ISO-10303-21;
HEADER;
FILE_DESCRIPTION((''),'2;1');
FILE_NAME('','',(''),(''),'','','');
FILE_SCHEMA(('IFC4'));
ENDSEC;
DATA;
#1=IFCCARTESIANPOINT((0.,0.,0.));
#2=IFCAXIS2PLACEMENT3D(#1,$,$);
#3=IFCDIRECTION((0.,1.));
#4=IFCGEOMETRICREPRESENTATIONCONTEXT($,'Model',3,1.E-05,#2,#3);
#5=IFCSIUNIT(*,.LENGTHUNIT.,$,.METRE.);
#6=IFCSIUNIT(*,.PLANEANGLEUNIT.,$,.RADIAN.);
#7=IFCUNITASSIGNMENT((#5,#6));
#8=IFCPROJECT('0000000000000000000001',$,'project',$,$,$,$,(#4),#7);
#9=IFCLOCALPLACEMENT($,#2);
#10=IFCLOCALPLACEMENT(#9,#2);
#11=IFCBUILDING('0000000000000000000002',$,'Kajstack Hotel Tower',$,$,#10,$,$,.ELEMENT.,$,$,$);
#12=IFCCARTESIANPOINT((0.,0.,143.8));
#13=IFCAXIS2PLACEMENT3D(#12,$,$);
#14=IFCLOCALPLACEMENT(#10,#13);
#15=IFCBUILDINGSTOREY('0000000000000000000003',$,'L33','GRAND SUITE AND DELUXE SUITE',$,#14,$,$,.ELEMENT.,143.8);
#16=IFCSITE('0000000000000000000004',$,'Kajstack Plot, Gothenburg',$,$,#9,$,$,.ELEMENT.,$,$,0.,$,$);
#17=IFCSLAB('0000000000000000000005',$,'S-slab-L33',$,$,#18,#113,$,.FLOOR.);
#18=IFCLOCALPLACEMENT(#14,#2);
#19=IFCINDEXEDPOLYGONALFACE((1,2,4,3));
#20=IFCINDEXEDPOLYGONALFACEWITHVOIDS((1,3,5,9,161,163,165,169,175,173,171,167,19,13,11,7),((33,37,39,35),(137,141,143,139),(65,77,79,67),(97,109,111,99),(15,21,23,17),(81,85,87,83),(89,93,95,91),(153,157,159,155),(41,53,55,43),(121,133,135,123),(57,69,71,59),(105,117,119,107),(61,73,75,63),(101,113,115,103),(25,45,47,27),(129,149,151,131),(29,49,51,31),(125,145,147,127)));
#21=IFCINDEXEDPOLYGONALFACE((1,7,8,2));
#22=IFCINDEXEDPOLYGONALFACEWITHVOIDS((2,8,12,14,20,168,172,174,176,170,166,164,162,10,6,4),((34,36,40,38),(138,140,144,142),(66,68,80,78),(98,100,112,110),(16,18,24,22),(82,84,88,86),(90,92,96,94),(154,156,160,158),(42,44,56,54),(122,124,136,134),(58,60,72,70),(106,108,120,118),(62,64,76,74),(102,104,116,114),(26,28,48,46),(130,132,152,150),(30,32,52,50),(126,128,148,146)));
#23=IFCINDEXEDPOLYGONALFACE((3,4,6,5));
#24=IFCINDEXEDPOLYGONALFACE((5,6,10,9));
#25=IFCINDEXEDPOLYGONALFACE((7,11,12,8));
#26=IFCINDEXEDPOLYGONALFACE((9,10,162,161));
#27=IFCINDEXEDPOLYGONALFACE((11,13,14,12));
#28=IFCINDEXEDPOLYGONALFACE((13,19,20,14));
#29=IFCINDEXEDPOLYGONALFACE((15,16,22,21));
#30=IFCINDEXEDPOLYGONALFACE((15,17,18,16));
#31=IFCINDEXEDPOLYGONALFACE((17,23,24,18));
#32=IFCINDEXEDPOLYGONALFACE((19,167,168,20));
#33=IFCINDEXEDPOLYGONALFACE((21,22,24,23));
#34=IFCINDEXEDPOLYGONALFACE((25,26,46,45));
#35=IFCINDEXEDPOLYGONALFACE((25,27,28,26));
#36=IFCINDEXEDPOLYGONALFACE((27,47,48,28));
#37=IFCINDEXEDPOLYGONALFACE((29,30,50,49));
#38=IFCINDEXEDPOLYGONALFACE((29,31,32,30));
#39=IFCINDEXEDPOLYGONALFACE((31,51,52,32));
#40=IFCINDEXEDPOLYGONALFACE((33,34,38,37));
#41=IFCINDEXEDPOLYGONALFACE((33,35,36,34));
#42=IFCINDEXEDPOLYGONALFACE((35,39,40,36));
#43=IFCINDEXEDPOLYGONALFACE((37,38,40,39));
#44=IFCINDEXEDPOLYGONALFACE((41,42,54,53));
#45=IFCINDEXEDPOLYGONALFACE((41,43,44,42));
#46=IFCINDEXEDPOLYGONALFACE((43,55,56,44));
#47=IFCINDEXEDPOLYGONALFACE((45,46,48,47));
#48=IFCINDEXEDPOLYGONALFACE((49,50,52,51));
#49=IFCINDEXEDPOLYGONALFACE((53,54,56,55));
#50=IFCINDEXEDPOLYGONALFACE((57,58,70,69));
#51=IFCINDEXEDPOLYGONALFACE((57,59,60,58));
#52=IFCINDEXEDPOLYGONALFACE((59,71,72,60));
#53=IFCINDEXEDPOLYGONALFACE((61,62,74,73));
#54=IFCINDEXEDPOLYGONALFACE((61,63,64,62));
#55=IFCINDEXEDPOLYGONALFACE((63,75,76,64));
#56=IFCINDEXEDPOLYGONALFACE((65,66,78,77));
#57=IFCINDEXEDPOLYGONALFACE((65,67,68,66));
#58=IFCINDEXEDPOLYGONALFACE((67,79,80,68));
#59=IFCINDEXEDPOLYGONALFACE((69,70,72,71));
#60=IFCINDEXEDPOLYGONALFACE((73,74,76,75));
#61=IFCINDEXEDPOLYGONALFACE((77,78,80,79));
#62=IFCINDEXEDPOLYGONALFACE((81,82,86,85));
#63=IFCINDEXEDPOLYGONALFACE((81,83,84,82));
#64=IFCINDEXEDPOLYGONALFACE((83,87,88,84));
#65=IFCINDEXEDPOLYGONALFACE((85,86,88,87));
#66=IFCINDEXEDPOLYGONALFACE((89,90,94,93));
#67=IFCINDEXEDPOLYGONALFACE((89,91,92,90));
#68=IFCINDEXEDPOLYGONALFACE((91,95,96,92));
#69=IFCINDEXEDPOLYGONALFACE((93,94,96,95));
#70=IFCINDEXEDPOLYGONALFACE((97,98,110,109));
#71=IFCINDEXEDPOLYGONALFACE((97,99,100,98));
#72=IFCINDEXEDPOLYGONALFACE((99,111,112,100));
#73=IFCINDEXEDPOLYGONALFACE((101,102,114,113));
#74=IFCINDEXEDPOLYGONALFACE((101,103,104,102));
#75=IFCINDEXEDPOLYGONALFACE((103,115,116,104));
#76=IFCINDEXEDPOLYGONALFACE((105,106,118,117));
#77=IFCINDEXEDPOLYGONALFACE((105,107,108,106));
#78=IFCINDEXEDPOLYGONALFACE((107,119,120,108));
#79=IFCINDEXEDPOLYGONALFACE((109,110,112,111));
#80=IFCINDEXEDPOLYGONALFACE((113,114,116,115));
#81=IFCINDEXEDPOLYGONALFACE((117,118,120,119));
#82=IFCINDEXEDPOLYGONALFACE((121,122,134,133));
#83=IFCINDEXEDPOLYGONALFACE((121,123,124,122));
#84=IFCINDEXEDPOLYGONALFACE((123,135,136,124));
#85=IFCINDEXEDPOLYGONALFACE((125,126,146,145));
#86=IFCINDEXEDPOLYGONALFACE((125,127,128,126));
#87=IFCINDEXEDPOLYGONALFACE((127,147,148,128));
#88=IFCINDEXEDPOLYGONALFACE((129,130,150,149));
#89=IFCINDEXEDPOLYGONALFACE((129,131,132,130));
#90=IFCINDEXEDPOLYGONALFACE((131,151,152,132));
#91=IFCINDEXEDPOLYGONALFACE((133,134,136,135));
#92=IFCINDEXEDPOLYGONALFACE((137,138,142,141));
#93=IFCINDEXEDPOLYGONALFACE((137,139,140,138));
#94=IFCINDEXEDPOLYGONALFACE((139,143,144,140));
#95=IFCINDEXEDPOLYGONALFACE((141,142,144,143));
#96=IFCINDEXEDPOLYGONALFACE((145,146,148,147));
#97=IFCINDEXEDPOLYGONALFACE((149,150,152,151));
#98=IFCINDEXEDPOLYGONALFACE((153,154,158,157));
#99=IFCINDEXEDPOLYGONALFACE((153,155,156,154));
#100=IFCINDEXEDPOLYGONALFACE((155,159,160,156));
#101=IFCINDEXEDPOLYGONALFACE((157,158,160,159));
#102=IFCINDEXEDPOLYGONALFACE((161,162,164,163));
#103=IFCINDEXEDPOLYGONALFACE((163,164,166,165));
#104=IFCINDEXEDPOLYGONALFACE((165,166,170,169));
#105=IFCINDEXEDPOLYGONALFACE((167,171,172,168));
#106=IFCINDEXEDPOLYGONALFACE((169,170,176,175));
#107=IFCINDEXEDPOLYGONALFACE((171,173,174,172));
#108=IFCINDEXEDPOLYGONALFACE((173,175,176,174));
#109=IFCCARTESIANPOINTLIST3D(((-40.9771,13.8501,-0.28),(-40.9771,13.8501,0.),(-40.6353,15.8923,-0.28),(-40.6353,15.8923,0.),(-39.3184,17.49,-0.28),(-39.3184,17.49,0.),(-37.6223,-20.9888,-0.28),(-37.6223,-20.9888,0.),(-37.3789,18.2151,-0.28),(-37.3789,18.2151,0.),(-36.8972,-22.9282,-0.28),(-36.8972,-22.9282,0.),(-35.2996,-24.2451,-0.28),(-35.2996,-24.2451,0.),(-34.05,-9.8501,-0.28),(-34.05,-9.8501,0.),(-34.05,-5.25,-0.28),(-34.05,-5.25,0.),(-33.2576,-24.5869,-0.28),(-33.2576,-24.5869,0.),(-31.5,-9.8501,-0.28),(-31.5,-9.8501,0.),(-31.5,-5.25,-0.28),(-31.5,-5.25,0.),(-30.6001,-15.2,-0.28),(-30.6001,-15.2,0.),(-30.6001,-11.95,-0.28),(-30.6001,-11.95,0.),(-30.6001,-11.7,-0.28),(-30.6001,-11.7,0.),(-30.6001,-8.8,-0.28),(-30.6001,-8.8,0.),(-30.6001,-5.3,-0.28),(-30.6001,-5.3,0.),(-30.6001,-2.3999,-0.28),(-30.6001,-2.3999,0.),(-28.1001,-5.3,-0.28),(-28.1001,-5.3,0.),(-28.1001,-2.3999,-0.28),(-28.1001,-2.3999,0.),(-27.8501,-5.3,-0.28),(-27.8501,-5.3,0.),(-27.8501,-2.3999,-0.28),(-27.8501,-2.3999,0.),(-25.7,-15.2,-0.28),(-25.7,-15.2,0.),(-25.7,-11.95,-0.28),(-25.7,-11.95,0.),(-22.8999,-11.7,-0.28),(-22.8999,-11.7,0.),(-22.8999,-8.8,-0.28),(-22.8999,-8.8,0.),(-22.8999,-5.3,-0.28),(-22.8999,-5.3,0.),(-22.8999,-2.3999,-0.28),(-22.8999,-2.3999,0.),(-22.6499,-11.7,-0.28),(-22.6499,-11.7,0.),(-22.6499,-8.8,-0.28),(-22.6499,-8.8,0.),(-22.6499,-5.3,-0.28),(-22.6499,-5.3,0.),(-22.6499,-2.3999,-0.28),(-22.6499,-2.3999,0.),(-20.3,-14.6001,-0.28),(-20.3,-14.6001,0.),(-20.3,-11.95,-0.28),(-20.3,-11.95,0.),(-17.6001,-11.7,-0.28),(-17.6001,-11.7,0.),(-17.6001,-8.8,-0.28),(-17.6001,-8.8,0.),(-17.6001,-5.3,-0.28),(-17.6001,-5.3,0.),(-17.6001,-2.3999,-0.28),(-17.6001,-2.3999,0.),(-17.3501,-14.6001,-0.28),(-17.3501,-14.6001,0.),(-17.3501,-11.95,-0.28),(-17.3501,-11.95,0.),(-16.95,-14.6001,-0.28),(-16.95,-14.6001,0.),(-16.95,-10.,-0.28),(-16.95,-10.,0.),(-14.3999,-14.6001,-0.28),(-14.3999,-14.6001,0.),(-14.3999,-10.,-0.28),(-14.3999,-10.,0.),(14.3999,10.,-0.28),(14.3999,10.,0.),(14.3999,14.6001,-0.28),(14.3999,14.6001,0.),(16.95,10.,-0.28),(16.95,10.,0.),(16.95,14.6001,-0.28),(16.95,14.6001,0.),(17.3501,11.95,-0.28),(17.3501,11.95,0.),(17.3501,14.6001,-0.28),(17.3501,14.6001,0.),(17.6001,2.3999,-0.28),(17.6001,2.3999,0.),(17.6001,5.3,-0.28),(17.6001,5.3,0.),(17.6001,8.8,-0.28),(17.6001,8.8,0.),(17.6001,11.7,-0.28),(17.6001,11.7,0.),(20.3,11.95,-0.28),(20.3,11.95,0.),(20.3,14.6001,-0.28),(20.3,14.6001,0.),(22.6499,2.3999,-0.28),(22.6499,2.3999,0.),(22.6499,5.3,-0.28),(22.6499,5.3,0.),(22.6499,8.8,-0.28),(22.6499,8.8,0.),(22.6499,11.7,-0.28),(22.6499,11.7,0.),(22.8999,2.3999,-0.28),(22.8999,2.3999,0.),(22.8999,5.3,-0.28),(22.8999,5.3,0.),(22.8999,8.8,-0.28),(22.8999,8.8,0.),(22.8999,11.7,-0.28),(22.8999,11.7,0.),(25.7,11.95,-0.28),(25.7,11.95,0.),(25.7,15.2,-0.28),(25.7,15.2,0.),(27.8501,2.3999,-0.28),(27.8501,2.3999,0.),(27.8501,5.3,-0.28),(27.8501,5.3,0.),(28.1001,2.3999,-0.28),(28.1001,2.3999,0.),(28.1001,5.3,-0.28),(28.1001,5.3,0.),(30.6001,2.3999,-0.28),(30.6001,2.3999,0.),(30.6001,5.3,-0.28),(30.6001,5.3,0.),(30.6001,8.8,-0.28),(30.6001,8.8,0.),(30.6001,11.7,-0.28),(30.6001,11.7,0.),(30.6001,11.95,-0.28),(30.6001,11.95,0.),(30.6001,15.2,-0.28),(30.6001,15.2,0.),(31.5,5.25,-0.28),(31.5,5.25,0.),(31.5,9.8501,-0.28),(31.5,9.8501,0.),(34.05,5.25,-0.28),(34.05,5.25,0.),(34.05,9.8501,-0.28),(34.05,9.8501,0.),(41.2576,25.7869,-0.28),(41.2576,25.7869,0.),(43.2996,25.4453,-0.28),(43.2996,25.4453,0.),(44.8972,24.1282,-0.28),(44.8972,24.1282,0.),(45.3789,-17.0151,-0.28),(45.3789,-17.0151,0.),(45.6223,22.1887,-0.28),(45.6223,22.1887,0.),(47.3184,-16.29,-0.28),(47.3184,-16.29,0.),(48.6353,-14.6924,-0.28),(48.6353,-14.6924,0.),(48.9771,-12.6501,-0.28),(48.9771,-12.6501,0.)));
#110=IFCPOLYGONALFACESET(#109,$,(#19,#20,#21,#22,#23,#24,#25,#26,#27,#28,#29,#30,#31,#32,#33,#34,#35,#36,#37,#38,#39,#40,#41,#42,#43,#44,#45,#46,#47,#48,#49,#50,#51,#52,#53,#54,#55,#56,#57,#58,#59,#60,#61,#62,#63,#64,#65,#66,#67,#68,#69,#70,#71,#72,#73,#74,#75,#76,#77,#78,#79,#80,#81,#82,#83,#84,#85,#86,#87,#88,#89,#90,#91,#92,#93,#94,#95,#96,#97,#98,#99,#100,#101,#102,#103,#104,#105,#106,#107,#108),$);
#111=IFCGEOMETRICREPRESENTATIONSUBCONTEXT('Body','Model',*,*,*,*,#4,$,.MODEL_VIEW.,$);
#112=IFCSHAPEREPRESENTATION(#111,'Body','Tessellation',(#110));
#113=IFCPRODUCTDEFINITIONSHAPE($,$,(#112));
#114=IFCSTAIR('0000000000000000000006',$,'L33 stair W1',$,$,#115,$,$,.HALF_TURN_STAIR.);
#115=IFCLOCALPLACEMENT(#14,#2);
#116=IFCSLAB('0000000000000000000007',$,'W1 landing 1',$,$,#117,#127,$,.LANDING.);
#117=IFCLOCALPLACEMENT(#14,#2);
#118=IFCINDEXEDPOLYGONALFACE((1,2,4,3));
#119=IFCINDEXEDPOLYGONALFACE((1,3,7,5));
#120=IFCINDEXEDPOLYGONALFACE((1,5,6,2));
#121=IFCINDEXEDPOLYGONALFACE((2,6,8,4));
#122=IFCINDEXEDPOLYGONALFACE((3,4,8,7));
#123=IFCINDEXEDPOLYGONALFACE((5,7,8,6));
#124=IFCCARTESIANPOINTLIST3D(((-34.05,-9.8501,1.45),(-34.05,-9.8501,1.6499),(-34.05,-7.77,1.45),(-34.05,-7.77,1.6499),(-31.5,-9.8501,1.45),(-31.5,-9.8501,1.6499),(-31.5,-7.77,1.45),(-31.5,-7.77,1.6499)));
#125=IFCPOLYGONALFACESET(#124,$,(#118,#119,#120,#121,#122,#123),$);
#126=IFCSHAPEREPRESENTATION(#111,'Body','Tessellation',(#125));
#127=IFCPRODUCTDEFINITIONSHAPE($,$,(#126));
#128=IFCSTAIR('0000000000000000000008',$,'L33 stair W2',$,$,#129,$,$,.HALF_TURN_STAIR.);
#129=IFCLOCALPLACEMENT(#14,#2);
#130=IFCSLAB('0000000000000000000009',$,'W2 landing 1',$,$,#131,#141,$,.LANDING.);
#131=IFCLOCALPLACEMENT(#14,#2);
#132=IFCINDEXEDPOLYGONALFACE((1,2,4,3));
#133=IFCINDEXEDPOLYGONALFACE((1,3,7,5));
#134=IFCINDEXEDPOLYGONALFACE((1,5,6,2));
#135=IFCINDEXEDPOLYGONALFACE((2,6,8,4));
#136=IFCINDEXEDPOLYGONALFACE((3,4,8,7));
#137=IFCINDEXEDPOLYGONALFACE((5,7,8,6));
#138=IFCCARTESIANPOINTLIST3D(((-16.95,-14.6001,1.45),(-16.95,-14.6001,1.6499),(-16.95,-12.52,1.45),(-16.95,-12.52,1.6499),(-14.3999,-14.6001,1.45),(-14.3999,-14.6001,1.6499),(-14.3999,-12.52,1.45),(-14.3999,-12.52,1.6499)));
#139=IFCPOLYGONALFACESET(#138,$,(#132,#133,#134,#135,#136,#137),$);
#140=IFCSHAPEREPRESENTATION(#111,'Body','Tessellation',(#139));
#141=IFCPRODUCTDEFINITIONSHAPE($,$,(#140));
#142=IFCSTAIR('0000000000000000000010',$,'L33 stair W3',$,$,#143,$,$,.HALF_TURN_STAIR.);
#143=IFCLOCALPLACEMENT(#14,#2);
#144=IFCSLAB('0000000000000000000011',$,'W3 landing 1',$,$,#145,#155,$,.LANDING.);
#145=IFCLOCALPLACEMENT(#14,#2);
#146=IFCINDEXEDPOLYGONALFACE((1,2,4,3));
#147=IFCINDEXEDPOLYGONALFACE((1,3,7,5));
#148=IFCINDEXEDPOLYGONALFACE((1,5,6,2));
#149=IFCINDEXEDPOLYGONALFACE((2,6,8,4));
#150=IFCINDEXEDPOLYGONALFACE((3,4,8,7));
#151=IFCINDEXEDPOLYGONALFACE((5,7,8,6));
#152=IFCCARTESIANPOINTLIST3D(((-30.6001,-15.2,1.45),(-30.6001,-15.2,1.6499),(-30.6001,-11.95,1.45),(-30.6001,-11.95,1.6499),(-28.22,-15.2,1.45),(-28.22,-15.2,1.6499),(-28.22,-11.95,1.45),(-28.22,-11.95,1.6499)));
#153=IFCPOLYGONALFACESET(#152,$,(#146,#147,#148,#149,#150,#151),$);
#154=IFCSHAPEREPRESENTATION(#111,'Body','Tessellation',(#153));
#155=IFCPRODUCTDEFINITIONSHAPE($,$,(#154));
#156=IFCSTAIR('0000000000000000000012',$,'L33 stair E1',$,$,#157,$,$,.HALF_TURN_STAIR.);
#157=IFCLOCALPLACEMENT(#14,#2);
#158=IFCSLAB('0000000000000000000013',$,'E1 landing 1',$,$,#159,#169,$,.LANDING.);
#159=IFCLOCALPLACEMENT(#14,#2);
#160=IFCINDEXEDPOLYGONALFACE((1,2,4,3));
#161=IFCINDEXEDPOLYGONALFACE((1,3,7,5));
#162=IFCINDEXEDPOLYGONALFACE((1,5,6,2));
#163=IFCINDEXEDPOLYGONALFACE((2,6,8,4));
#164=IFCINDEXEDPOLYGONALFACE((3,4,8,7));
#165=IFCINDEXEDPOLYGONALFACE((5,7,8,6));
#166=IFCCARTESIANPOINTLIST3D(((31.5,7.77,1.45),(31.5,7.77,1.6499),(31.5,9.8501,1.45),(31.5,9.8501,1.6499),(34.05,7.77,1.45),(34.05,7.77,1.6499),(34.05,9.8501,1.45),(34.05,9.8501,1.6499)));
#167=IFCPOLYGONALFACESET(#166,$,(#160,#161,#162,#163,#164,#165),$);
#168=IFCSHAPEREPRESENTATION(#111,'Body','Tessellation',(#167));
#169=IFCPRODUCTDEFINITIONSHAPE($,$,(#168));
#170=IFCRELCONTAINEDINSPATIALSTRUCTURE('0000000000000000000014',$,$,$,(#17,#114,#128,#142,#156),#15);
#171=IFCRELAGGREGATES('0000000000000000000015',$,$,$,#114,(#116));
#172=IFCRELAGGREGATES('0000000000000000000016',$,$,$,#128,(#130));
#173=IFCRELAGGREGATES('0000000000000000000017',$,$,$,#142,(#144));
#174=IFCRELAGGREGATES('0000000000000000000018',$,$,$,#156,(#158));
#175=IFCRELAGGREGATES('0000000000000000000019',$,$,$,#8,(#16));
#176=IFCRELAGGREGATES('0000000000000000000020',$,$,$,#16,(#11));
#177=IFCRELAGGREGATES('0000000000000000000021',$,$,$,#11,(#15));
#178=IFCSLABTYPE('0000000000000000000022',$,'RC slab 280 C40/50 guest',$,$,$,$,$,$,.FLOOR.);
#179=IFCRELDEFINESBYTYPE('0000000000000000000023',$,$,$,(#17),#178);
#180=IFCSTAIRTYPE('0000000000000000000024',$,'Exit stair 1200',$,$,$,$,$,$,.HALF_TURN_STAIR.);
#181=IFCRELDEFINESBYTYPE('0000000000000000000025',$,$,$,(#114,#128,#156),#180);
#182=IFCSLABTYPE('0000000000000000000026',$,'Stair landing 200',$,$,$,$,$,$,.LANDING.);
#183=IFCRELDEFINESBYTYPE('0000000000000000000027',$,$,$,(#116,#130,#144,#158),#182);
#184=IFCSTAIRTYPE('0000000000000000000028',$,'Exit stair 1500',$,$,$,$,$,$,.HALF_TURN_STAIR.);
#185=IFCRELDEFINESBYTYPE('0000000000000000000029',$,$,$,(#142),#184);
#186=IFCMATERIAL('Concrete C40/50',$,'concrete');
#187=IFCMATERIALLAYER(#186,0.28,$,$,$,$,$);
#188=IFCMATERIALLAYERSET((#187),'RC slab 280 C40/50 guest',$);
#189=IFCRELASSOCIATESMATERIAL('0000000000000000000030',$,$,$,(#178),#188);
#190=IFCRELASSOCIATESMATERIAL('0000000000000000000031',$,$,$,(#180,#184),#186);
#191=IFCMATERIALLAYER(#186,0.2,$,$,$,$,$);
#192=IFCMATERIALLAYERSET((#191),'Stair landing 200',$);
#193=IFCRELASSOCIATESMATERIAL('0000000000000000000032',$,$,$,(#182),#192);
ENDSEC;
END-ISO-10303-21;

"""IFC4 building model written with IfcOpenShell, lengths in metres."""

from ifc_helpers import new_model, si_unit, direction, frame, origin, place, context, subcontext, project, spatial, polyline, outline, extrude, material, layer, layer_set, type_object, element, aggregate, save


model = new_model("IFC4")

# Units and contexts
model_context = context("Model", 3, precision=1e-05, world=origin(), true_north=direction((0.0, 1.0)))
body_context = subcontext(model_context, "Body", "Model", "MODEL_VIEW")
ifc_project = project(units=[si_unit("LENGTHUNIT", "METRE"), si_unit("PLANEANGLEUNIT", "RADIAN")], contexts=[model_context])

# Site, building, storey
site_placement = place(None, origin())
site = spatial("IfcSite", under=ifc_project, at=site_placement, Name="Kajstack Plot, Gothenburg", CompositionType="ELEMENT", RefElevation=0.0)
building_placement = place(site_placement, origin())
building = spatial("IfcBuilding", under=site, at=building_placement, Name="Kajstack Hotel Tower", CompositionType="ELEMENT")
storey_placement = place(building_placement, frame((0.0, 0.0, 143.8)))
storey = spatial("IfcBuildingStorey", under=building, at=storey_placement, Name="L33", Description="GRAND SUITE AND DELUXE SUITE", CompositionType="ELEMENT", Elevation=143.8)

# Slab
ifc_material_1 = material(Name="Concrete C40/50", Category="concrete")
ifc_layer_1 = layer(ifc_material_1, 0.28)
ifc_layer_set_1 = layer_set([ifc_layer_1], Name="RC slab 280 C40/50 guest")
slab_type_1 = type_object("IfcSlabType", Name="RC slab 280 C40/50 guest", PredefinedType="FLOOR", material=ifc_layer_set_1)
slab_1_placement = place(storey_placement, frame((0.0, 0.0, -0.28)))
element("IfcSlab", 1, at=slab_1_placement, inside=storey, type_object=slab_type_1, Name="S-slab-L33", PredefinedType="FLOOR", context=body_context, shape_type="SweptSolid", body=[
    extrude(outline(polyline([(-40.9771, 13.8501), (-37.6223, -20.9888), (-36.8972, -22.9282), (-35.2996, -24.2451), (-33.2576, -24.5869), (45.3789, -17.0151), (47.3184, -16.29), (48.6353, -14.6924), (48.9771, -12.6501), (45.6223, 22.1887), (44.8972, 24.1282), (43.2996, 25.4453), (41.2576, 25.7869), (-37.3789, 18.2151), (-39.3184, 17.49), (-40.6353, 15.8923), (-40.9771, 13.8501)]), holes=[polyline([(-30.6001, -11.7), (-30.6001, -8.8), (-22.8999, -8.8), (-22.8999, -11.7), (-30.6001, -11.7)]), polyline([(-22.6499, -11.7), (-22.6499, -8.8), (-17.6001, -8.8), (-17.6001, -11.7), (-22.6499, -11.7)]), polyline([(-27.8501, -5.3), (-27.8501, -2.3999), (-22.8999, -2.3999), (-22.8999, -5.3), (-27.8501, -5.3)]), polyline([(-22.6499, -5.3), (-22.6499, -2.3999), (-17.6001, -2.3999), (-17.6001, -5.3), (-22.6499, -5.3)]), polyline([(-20.3, -14.6001), (-17.3501, -14.6001), (-17.3501, -11.95), (-20.3, -11.95), (-20.3, -14.6001)]), polyline([(-30.6001, -5.3), (-28.1001, -5.3), (-28.1001, -2.3999), (-30.6001, -2.3999), (-30.6001, -5.3)]), polyline([(22.8999, 8.8), (22.8999, 11.7), (30.6001, 11.7), (30.6001, 8.8), (22.8999, 8.8)]), polyline([(17.6001, 8.8), (17.6001, 11.7), (22.6499, 11.7), (22.6499, 8.8), (17.6001, 8.8)]), polyline([(22.8999, 2.3999), (22.8999, 5.3), (27.8501, 5.3), (27.8501, 2.3999), (22.8999, 2.3999)]), polyline([(17.6001, 2.3999), (17.6001, 5.3), (22.6499, 5.3), (22.6499, 2.3999), (17.6001, 2.3999)]), polyline([(20.3, 14.6001), (17.3501, 14.6001), (17.3501, 11.95), (20.3, 11.95), (20.3, 14.6001)]), polyline([(30.6001, 5.3), (28.1001, 5.3), (28.1001, 2.3999), (30.6001, 2.3999), (30.6001, 5.3)]), polyline([(-34.05, -9.8501), (-31.5, -9.8501), (-31.5, -5.25), (-34.05, -5.25), (-34.05, -9.8501)]), polyline([(-16.95, -14.6001), (-14.3999, -14.6001), (-14.3999, -10.0), (-16.95, -10.0), (-16.95, -14.6001)]), polyline([(-30.6001, -15.2), (-25.7, -15.2), (-25.7, -11.95), (-30.6001, -11.95), (-30.6001, -15.2)]), polyline([(34.05, 9.8501), (31.5, 9.8501), (31.5, 5.25), (34.05, 5.25), (34.05, 9.8501)]), polyline([(16.95, 14.6001), (14.3999, 14.6001), (14.3999, 10.0), (16.95, 10.0), (16.95, 14.6001)]), polyline([(30.6001, 15.2), (25.7, 15.2), (25.7, 11.95), (30.6001, 11.95), (30.6001, 15.2)])]), origin(), (0.0, 0.0, 1.0), 0.28),
])

# Stairs, slabs
stair_type_1 = type_object("IfcStairType", Name="Exit stair 1200", PredefinedType="HALF_TURN_STAIR", material=ifc_material_1)
stair_1_placement = place(storey_placement, origin())
stair_1 = element("IfcStair", 2, at=stair_1_placement, inside=storey, type_object=stair_type_1, Name="L33 stair W1", PredefinedType="HALF_TURN_STAIR")
ifc_layer_2 = layer(ifc_material_1, 0.2)
ifc_layer_set_2 = layer_set([ifc_layer_2], Name="Stair landing 200")
slab_type_2 = type_object("IfcSlabType", Name="Stair landing 200", PredefinedType="LANDING", material=ifc_layer_set_2)
slab_2_placement = place(storey_placement, frame((0.0, 0.0, 1.45)))
slab_2 = element("IfcSlab", 3, at=slab_2_placement, type_object=slab_type_2, Name="W1 landing 1", PredefinedType="LANDING", context=body_context, shape_type="SweptSolid", body=[
    extrude(outline(polyline([(-34.05, -7.77), (-34.05, -9.8501), (-31.5, -9.8501), (-31.5, -7.77), (-34.05, -7.77)])), origin(), (0.0, 0.0, 1.0), 0.2),
])
aggregate(stair_1, [slab_2])
stair_2_placement = place(storey_placement, origin())
stair_2 = element("IfcStair", 4, at=stair_2_placement, inside=storey, type_object=stair_type_1, Name="L33 stair W2", PredefinedType="HALF_TURN_STAIR")
slab_3_placement = place(storey_placement, frame((0.0, 0.0, 1.45)))
slab_3 = element("IfcSlab", 5, at=slab_3_placement, type_object=slab_type_2, Name="W2 landing 1", PredefinedType="LANDING", context=body_context, shape_type="SweptSolid", body=[
    extrude(outline(polyline([(-16.95, -12.52), (-16.95, -14.6001), (-14.3999, -14.6001), (-14.3999, -12.52), (-16.95, -12.52)])), origin(), (0.0, 0.0, 1.0), 0.2),
])
aggregate(stair_2, [slab_3])
stair_type_2 = type_object("IfcStairType", Name="Exit stair 1500", PredefinedType="HALF_TURN_STAIR", material=ifc_material_1)
stair_3_placement = place(storey_placement, origin())
stair_3 = element("IfcStair", 6, at=stair_3_placement, inside=storey, type_object=stair_type_2, Name="L33 stair W3", PredefinedType="HALF_TURN_STAIR")
slab_4_placement = place(storey_placement, frame((0.0, 0.0, 1.45)))
slab_4 = element("IfcSlab", 7, at=slab_4_placement, type_object=slab_type_2, Name="W3 landing 1", PredefinedType="LANDING", context=body_context, shape_type="SweptSolid", body=[
    extrude(outline(polyline([(-28.22, -11.95), (-30.6001, -11.95), (-30.6001, -15.2), (-28.22, -15.2), (-28.22, -11.95)])), origin(), (0.0, 0.0, 1.0), 0.2),
])
aggregate(stair_3, [slab_4])
stair_4_placement = place(storey_placement, origin())
stair_4 = element("IfcStair", 8, at=stair_4_placement, inside=storey, type_object=stair_type_1, Name="L33 stair E1", PredefinedType="HALF_TURN_STAIR")
slab_5_placement = place(storey_placement, frame((0.0, 0.0, 1.45)))
slab_5 = element("IfcSlab", 9, at=slab_5_placement, type_object=slab_type_2, Name="E1 landing 1", PredefinedType="LANDING", context=body_context, shape_type="SweptSolid", body=[
    extrude(outline(polyline([(34.05, 7.77), (34.05, 9.8501), (31.5, 9.8501), (31.5, 7.77), (34.05, 7.77)])), origin(), (0.0, 0.0, 1.0), 0.2),
])
aggregate(stair_4, [slab_5])

save(model, "model.ifc")
